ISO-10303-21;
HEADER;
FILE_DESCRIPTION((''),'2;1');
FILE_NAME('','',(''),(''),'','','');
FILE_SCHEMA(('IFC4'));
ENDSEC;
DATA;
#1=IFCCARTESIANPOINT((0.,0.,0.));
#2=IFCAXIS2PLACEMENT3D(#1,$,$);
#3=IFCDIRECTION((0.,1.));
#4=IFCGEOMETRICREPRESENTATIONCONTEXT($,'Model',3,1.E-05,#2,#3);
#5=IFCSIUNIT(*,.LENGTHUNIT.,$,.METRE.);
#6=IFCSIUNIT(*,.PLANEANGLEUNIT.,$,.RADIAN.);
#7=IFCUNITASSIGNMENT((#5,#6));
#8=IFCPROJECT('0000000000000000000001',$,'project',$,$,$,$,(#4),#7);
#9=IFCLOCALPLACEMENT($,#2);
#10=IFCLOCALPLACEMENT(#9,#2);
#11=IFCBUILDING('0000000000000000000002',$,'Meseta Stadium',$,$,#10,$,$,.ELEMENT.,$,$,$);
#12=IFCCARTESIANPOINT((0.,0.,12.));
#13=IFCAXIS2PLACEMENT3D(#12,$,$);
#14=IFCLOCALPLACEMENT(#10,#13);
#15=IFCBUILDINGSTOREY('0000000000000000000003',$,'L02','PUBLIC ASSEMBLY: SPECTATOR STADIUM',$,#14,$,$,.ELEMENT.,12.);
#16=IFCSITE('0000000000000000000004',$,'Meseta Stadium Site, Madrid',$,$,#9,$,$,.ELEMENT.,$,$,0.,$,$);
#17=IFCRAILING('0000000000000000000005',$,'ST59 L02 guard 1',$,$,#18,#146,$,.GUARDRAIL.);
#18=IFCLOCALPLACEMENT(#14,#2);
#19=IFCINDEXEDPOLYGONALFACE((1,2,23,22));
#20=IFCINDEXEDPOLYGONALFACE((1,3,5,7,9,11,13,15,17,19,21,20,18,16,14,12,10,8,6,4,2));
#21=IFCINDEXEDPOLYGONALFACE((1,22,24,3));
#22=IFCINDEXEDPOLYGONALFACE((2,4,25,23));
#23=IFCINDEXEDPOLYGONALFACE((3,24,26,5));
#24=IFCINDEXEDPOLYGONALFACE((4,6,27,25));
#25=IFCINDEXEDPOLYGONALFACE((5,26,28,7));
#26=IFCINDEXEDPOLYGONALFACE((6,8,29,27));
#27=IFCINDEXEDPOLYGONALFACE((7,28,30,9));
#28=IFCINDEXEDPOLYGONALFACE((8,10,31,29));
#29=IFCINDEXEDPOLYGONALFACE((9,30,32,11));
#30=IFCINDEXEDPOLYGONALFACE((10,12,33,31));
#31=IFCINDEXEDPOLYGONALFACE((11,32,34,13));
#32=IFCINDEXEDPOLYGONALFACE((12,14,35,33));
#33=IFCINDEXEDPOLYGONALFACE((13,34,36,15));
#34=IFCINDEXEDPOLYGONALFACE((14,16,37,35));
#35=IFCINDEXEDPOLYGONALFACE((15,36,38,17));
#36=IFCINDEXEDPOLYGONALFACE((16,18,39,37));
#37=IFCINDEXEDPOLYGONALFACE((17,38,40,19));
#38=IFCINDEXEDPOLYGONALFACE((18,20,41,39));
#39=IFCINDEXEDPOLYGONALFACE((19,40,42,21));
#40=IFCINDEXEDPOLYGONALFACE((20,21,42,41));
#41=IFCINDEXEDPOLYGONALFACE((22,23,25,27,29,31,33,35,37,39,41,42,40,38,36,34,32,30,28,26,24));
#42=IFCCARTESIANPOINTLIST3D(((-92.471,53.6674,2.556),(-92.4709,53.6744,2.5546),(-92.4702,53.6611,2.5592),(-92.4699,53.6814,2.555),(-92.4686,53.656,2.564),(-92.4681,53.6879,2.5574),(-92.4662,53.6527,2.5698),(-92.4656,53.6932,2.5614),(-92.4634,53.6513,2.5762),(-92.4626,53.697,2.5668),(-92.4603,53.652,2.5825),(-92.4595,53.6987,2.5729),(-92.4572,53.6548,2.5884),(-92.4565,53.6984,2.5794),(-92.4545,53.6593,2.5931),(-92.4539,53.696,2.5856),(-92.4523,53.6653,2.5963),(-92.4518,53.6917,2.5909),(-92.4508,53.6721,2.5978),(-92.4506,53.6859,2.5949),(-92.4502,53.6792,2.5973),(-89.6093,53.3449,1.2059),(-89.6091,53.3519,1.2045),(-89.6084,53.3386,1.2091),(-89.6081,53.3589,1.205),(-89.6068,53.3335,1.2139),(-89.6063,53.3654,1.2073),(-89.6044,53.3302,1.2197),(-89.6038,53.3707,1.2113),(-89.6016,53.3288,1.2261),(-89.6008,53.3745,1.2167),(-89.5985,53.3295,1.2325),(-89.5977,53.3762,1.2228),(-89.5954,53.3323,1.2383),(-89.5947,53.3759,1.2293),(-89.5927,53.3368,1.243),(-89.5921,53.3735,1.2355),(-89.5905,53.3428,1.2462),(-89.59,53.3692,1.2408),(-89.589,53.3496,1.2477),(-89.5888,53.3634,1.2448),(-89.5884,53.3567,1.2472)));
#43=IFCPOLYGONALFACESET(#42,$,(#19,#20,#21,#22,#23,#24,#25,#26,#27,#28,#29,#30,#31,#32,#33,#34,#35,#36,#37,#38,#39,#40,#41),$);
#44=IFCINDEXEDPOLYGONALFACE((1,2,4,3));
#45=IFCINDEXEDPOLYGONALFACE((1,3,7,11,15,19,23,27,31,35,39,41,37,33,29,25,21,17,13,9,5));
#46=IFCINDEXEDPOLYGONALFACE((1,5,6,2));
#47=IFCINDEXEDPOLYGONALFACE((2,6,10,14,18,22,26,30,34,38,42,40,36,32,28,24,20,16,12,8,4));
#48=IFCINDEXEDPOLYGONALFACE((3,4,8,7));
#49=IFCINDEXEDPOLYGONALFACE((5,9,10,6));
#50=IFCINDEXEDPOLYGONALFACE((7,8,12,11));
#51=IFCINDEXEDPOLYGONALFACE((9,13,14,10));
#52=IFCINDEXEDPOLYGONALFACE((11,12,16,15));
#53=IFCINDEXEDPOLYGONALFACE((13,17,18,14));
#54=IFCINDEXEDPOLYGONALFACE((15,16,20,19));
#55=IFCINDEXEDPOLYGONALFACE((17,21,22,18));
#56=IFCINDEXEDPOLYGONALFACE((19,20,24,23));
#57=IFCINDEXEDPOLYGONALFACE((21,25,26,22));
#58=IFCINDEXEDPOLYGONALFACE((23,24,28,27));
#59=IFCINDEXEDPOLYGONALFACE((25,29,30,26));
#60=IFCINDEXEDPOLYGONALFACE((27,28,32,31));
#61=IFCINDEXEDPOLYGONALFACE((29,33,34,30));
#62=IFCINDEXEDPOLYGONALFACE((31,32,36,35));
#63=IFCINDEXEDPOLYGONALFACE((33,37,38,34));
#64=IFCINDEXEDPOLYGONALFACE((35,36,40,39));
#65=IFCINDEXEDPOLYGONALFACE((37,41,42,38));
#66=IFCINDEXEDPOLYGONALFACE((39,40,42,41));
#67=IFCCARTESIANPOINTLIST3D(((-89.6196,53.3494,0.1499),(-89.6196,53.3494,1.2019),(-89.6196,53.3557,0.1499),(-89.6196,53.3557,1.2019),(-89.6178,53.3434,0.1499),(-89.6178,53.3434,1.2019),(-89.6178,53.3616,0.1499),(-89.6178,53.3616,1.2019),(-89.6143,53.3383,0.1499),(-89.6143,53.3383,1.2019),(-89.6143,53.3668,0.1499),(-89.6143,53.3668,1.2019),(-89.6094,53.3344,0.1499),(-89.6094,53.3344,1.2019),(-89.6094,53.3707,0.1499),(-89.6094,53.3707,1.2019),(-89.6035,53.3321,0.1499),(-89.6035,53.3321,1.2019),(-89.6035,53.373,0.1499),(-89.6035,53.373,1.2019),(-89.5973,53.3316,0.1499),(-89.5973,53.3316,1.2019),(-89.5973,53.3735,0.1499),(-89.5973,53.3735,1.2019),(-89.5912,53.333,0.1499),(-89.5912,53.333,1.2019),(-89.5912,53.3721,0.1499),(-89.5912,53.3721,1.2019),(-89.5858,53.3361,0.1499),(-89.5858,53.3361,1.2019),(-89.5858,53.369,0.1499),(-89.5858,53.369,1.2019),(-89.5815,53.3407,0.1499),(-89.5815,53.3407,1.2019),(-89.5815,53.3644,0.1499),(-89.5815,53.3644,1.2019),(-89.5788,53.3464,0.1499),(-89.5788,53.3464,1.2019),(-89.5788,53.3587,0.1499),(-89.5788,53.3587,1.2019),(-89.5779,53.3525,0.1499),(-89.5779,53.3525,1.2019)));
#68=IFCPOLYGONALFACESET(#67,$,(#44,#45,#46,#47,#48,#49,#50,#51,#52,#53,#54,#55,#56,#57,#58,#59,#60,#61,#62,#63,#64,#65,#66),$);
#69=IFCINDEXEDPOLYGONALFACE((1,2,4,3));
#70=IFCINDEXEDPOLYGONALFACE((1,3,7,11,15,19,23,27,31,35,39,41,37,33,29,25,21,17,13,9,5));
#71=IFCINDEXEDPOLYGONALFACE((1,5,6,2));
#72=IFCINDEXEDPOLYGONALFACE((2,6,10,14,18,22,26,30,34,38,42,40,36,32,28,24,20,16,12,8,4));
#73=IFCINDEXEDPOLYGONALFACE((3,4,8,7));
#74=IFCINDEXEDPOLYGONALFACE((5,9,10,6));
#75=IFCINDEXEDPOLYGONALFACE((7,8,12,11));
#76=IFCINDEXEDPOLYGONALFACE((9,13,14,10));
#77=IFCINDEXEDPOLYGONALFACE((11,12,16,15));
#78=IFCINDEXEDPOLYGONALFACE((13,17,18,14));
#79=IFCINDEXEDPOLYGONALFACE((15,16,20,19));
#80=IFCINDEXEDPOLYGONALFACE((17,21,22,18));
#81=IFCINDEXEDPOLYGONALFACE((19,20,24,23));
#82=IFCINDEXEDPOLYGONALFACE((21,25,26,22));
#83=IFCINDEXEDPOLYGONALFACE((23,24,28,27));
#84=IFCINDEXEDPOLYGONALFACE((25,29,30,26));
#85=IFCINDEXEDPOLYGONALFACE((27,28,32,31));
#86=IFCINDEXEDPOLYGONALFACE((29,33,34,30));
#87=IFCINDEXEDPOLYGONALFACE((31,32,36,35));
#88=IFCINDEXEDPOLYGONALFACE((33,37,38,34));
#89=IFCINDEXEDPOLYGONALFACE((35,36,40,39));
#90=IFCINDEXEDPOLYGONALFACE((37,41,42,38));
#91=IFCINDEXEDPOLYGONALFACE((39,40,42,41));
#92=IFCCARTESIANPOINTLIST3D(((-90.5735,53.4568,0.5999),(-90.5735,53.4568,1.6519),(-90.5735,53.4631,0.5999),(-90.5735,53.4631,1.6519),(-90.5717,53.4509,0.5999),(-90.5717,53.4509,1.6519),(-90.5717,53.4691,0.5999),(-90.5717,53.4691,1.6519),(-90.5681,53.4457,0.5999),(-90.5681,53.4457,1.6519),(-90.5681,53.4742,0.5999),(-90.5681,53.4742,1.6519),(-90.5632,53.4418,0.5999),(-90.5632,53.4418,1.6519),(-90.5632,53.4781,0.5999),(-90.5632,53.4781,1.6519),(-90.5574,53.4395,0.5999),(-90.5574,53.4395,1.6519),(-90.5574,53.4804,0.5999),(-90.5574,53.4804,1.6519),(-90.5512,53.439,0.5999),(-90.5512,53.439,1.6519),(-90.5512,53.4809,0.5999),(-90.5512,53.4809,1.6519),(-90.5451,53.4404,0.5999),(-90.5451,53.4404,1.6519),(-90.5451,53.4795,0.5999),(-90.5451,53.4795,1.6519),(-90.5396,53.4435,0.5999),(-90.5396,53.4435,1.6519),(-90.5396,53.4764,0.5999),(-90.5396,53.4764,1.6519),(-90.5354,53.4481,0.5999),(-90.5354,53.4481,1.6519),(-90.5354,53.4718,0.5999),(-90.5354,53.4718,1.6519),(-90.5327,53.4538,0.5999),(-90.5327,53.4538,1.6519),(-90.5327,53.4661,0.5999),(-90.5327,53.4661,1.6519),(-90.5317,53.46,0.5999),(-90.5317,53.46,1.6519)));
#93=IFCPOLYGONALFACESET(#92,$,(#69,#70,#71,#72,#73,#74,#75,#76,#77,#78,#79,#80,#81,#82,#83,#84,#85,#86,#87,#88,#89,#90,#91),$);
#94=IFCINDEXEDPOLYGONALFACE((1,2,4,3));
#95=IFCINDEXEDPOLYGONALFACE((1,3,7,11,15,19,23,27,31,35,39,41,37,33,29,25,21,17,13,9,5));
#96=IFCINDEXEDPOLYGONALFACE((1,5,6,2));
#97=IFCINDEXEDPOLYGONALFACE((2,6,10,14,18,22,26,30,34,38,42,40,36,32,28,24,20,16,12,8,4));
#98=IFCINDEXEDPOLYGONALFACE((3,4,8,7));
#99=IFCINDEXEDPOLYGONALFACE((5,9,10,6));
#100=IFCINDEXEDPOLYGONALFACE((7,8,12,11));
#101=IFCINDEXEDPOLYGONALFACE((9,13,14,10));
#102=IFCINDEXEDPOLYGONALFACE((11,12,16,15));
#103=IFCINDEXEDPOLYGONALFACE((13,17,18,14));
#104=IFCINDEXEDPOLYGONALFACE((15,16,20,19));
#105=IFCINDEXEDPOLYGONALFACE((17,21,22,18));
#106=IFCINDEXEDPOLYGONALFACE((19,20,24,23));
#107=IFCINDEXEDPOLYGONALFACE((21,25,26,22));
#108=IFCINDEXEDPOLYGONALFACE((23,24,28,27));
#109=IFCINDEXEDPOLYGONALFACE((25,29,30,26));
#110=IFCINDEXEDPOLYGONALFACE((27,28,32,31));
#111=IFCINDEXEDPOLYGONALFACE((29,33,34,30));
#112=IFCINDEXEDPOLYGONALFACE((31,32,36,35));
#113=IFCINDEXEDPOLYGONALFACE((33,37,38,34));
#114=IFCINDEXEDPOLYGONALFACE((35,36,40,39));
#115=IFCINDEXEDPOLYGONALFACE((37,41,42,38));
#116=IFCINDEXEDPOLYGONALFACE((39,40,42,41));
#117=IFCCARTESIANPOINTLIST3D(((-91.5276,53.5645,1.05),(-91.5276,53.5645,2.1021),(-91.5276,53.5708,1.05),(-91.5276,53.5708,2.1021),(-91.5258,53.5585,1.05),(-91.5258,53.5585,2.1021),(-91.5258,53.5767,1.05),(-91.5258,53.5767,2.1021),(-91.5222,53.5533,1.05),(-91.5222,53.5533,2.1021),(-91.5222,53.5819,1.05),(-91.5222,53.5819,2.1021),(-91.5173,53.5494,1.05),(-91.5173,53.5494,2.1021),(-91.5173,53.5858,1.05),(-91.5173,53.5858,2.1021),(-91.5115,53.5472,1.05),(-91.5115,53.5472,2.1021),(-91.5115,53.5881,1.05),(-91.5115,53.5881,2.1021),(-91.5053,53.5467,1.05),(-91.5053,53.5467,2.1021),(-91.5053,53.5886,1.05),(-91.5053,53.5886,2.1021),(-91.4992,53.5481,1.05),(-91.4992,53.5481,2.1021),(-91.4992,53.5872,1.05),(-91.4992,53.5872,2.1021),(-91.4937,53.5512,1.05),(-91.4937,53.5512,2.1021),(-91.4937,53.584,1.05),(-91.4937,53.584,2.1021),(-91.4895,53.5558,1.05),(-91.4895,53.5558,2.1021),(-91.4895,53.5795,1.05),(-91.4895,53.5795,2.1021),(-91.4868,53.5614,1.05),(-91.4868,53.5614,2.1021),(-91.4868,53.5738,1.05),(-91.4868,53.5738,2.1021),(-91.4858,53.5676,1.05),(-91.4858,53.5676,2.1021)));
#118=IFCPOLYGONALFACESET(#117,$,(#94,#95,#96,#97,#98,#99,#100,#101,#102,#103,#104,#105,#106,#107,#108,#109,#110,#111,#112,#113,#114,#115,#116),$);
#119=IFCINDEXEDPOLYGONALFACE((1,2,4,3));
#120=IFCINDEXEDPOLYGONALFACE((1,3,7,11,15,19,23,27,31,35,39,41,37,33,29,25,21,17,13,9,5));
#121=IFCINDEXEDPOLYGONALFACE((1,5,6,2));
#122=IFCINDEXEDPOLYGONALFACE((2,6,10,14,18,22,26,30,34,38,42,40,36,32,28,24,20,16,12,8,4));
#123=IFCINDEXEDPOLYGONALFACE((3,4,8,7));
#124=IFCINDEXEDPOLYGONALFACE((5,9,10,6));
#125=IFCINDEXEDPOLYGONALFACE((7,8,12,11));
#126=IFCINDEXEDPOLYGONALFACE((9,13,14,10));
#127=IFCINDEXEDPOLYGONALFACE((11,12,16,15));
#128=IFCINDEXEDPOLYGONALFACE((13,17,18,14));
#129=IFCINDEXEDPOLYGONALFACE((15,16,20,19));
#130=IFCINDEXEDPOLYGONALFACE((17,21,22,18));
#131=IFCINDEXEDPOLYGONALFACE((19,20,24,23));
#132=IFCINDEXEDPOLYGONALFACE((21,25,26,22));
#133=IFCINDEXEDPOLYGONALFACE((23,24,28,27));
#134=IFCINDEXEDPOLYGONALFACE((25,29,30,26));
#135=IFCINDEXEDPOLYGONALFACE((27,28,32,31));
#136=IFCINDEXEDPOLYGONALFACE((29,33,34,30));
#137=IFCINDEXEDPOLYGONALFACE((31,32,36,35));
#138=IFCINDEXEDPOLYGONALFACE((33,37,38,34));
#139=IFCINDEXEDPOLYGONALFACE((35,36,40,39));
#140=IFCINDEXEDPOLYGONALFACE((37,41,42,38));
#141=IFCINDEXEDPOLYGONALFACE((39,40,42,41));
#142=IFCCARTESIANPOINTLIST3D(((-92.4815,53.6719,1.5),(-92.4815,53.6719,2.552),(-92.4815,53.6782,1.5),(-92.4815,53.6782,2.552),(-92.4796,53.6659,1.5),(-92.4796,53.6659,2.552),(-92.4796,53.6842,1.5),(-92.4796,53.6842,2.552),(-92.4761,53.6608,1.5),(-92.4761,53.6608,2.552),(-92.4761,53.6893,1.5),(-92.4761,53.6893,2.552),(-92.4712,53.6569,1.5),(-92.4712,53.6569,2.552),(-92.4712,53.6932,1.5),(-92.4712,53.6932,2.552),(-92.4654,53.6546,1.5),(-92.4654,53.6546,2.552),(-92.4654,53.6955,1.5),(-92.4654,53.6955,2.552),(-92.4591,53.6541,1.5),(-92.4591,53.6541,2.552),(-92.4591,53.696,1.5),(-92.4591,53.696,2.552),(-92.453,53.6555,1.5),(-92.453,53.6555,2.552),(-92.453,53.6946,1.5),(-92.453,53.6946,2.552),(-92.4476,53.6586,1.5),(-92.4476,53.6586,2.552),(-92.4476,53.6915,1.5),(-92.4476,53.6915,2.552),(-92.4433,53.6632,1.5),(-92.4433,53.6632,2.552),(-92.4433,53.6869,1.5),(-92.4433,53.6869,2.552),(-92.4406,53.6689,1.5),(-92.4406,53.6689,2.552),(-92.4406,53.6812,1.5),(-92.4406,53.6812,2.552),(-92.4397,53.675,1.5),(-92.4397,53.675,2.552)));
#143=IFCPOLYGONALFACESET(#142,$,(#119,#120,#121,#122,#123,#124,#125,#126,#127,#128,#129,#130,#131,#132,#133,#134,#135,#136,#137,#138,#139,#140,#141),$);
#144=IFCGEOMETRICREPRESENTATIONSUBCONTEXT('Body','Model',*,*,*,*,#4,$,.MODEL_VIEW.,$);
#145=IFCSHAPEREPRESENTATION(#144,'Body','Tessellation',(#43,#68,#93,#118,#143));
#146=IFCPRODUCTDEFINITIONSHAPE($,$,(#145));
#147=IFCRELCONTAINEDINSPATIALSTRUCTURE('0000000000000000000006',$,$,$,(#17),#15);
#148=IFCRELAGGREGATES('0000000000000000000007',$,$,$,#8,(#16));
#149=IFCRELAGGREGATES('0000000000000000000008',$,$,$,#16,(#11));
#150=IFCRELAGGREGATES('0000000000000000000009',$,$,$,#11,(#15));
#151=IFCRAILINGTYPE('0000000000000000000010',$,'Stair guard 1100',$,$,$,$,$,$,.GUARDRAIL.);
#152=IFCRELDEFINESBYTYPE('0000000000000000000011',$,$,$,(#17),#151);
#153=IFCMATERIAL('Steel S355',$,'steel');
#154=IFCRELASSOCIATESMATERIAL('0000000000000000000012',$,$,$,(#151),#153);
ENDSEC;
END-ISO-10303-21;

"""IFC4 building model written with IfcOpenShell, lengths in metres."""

from ifc_helpers import new_model, si_unit, direction, frame, origin, origin_2d, place, context, subcontext, project, spatial, circle, extrude, material, type_object, element, save


model = new_model("IFC4")

# Units and contexts
model_context = context("Model", 3, precision=1e-05, world=origin(), true_north=direction((0.0, 1.0)))
body_context = subcontext(model_context, "Body", "Model", "MODEL_VIEW")
ifc_project = project(units=[si_unit("LENGTHUNIT", "METRE"), si_unit("PLANEANGLEUNIT", "RADIAN")], contexts=[model_context])

# Site, building, storey
site_placement = place(None, origin())
site = spatial("IfcSite", under=ifc_project, at=site_placement, Name="Meseta Stadium Site, Madrid", CompositionType="ELEMENT", RefElevation=0.0)
building_placement = place(site_placement, origin())
building = spatial("IfcBuilding", under=site, at=building_placement, Name="Meseta Stadium", CompositionType="ELEMENT")
storey_placement = place(building_placement, frame((0.0, 0.0, 12.0)))
storey = spatial("IfcBuildingStorey", under=building, at=storey_placement, Name="L02", Description="PUBLIC ASSEMBLY: SPECTATOR STADIUM", CompositionType="ELEMENT", Elevation=12.0)

# Railing
ifc_material_1 = material(Name="Steel S355", Category="steel")
railing_type_1 = type_object("IfcRailingType", Name="Stair guard 1100", PredefinedType="GUARDRAIL", material=ifc_material_1)
railing_1_placement = place(storey_placement, frame((-89.5989, 53.3525, 0.1499)))
element("IfcRailing", 1, at=railing_1_placement, inside=storey, type_object=railing_type_1, Name="ST59 L02 guard 1", PredefinedType="GUARDRAIL", context=body_context, shape_type="SweptSolid", body=[
    extrude(circle(Radius=0.0239, at=origin_2d()), frame((0.0, 0.0, 1.0762), z_axis=(-0.899748, 0.101396, 0.424467), x_axis=(-0.111985, -0.99371, 0.0)), (0.0, 0.0, 1.0), 3.1807),
    extrude(circle(Radius=0.021, at=origin_2d()), origin(), (0.0, 0.0, 1.0), 1.052),
    extrude(circle(Radius=0.021, at=origin_2d()), frame((-0.9539, 0.1074, 0.45)), (0.0, 0.0, 1.0), 1.052),
    extrude(circle(Radius=0.021, at=origin_2d()), frame((-1.908, 0.2151, 0.9001)), (0.0, 0.0, 1.0), 1.052),
    extrude(circle(Radius=0.021, at=origin_2d()), frame((-2.8618, 0.3225, 1.3501)), (0.0, 0.0, 1.0), 1.052),
])

save(model, "model.ifc")
